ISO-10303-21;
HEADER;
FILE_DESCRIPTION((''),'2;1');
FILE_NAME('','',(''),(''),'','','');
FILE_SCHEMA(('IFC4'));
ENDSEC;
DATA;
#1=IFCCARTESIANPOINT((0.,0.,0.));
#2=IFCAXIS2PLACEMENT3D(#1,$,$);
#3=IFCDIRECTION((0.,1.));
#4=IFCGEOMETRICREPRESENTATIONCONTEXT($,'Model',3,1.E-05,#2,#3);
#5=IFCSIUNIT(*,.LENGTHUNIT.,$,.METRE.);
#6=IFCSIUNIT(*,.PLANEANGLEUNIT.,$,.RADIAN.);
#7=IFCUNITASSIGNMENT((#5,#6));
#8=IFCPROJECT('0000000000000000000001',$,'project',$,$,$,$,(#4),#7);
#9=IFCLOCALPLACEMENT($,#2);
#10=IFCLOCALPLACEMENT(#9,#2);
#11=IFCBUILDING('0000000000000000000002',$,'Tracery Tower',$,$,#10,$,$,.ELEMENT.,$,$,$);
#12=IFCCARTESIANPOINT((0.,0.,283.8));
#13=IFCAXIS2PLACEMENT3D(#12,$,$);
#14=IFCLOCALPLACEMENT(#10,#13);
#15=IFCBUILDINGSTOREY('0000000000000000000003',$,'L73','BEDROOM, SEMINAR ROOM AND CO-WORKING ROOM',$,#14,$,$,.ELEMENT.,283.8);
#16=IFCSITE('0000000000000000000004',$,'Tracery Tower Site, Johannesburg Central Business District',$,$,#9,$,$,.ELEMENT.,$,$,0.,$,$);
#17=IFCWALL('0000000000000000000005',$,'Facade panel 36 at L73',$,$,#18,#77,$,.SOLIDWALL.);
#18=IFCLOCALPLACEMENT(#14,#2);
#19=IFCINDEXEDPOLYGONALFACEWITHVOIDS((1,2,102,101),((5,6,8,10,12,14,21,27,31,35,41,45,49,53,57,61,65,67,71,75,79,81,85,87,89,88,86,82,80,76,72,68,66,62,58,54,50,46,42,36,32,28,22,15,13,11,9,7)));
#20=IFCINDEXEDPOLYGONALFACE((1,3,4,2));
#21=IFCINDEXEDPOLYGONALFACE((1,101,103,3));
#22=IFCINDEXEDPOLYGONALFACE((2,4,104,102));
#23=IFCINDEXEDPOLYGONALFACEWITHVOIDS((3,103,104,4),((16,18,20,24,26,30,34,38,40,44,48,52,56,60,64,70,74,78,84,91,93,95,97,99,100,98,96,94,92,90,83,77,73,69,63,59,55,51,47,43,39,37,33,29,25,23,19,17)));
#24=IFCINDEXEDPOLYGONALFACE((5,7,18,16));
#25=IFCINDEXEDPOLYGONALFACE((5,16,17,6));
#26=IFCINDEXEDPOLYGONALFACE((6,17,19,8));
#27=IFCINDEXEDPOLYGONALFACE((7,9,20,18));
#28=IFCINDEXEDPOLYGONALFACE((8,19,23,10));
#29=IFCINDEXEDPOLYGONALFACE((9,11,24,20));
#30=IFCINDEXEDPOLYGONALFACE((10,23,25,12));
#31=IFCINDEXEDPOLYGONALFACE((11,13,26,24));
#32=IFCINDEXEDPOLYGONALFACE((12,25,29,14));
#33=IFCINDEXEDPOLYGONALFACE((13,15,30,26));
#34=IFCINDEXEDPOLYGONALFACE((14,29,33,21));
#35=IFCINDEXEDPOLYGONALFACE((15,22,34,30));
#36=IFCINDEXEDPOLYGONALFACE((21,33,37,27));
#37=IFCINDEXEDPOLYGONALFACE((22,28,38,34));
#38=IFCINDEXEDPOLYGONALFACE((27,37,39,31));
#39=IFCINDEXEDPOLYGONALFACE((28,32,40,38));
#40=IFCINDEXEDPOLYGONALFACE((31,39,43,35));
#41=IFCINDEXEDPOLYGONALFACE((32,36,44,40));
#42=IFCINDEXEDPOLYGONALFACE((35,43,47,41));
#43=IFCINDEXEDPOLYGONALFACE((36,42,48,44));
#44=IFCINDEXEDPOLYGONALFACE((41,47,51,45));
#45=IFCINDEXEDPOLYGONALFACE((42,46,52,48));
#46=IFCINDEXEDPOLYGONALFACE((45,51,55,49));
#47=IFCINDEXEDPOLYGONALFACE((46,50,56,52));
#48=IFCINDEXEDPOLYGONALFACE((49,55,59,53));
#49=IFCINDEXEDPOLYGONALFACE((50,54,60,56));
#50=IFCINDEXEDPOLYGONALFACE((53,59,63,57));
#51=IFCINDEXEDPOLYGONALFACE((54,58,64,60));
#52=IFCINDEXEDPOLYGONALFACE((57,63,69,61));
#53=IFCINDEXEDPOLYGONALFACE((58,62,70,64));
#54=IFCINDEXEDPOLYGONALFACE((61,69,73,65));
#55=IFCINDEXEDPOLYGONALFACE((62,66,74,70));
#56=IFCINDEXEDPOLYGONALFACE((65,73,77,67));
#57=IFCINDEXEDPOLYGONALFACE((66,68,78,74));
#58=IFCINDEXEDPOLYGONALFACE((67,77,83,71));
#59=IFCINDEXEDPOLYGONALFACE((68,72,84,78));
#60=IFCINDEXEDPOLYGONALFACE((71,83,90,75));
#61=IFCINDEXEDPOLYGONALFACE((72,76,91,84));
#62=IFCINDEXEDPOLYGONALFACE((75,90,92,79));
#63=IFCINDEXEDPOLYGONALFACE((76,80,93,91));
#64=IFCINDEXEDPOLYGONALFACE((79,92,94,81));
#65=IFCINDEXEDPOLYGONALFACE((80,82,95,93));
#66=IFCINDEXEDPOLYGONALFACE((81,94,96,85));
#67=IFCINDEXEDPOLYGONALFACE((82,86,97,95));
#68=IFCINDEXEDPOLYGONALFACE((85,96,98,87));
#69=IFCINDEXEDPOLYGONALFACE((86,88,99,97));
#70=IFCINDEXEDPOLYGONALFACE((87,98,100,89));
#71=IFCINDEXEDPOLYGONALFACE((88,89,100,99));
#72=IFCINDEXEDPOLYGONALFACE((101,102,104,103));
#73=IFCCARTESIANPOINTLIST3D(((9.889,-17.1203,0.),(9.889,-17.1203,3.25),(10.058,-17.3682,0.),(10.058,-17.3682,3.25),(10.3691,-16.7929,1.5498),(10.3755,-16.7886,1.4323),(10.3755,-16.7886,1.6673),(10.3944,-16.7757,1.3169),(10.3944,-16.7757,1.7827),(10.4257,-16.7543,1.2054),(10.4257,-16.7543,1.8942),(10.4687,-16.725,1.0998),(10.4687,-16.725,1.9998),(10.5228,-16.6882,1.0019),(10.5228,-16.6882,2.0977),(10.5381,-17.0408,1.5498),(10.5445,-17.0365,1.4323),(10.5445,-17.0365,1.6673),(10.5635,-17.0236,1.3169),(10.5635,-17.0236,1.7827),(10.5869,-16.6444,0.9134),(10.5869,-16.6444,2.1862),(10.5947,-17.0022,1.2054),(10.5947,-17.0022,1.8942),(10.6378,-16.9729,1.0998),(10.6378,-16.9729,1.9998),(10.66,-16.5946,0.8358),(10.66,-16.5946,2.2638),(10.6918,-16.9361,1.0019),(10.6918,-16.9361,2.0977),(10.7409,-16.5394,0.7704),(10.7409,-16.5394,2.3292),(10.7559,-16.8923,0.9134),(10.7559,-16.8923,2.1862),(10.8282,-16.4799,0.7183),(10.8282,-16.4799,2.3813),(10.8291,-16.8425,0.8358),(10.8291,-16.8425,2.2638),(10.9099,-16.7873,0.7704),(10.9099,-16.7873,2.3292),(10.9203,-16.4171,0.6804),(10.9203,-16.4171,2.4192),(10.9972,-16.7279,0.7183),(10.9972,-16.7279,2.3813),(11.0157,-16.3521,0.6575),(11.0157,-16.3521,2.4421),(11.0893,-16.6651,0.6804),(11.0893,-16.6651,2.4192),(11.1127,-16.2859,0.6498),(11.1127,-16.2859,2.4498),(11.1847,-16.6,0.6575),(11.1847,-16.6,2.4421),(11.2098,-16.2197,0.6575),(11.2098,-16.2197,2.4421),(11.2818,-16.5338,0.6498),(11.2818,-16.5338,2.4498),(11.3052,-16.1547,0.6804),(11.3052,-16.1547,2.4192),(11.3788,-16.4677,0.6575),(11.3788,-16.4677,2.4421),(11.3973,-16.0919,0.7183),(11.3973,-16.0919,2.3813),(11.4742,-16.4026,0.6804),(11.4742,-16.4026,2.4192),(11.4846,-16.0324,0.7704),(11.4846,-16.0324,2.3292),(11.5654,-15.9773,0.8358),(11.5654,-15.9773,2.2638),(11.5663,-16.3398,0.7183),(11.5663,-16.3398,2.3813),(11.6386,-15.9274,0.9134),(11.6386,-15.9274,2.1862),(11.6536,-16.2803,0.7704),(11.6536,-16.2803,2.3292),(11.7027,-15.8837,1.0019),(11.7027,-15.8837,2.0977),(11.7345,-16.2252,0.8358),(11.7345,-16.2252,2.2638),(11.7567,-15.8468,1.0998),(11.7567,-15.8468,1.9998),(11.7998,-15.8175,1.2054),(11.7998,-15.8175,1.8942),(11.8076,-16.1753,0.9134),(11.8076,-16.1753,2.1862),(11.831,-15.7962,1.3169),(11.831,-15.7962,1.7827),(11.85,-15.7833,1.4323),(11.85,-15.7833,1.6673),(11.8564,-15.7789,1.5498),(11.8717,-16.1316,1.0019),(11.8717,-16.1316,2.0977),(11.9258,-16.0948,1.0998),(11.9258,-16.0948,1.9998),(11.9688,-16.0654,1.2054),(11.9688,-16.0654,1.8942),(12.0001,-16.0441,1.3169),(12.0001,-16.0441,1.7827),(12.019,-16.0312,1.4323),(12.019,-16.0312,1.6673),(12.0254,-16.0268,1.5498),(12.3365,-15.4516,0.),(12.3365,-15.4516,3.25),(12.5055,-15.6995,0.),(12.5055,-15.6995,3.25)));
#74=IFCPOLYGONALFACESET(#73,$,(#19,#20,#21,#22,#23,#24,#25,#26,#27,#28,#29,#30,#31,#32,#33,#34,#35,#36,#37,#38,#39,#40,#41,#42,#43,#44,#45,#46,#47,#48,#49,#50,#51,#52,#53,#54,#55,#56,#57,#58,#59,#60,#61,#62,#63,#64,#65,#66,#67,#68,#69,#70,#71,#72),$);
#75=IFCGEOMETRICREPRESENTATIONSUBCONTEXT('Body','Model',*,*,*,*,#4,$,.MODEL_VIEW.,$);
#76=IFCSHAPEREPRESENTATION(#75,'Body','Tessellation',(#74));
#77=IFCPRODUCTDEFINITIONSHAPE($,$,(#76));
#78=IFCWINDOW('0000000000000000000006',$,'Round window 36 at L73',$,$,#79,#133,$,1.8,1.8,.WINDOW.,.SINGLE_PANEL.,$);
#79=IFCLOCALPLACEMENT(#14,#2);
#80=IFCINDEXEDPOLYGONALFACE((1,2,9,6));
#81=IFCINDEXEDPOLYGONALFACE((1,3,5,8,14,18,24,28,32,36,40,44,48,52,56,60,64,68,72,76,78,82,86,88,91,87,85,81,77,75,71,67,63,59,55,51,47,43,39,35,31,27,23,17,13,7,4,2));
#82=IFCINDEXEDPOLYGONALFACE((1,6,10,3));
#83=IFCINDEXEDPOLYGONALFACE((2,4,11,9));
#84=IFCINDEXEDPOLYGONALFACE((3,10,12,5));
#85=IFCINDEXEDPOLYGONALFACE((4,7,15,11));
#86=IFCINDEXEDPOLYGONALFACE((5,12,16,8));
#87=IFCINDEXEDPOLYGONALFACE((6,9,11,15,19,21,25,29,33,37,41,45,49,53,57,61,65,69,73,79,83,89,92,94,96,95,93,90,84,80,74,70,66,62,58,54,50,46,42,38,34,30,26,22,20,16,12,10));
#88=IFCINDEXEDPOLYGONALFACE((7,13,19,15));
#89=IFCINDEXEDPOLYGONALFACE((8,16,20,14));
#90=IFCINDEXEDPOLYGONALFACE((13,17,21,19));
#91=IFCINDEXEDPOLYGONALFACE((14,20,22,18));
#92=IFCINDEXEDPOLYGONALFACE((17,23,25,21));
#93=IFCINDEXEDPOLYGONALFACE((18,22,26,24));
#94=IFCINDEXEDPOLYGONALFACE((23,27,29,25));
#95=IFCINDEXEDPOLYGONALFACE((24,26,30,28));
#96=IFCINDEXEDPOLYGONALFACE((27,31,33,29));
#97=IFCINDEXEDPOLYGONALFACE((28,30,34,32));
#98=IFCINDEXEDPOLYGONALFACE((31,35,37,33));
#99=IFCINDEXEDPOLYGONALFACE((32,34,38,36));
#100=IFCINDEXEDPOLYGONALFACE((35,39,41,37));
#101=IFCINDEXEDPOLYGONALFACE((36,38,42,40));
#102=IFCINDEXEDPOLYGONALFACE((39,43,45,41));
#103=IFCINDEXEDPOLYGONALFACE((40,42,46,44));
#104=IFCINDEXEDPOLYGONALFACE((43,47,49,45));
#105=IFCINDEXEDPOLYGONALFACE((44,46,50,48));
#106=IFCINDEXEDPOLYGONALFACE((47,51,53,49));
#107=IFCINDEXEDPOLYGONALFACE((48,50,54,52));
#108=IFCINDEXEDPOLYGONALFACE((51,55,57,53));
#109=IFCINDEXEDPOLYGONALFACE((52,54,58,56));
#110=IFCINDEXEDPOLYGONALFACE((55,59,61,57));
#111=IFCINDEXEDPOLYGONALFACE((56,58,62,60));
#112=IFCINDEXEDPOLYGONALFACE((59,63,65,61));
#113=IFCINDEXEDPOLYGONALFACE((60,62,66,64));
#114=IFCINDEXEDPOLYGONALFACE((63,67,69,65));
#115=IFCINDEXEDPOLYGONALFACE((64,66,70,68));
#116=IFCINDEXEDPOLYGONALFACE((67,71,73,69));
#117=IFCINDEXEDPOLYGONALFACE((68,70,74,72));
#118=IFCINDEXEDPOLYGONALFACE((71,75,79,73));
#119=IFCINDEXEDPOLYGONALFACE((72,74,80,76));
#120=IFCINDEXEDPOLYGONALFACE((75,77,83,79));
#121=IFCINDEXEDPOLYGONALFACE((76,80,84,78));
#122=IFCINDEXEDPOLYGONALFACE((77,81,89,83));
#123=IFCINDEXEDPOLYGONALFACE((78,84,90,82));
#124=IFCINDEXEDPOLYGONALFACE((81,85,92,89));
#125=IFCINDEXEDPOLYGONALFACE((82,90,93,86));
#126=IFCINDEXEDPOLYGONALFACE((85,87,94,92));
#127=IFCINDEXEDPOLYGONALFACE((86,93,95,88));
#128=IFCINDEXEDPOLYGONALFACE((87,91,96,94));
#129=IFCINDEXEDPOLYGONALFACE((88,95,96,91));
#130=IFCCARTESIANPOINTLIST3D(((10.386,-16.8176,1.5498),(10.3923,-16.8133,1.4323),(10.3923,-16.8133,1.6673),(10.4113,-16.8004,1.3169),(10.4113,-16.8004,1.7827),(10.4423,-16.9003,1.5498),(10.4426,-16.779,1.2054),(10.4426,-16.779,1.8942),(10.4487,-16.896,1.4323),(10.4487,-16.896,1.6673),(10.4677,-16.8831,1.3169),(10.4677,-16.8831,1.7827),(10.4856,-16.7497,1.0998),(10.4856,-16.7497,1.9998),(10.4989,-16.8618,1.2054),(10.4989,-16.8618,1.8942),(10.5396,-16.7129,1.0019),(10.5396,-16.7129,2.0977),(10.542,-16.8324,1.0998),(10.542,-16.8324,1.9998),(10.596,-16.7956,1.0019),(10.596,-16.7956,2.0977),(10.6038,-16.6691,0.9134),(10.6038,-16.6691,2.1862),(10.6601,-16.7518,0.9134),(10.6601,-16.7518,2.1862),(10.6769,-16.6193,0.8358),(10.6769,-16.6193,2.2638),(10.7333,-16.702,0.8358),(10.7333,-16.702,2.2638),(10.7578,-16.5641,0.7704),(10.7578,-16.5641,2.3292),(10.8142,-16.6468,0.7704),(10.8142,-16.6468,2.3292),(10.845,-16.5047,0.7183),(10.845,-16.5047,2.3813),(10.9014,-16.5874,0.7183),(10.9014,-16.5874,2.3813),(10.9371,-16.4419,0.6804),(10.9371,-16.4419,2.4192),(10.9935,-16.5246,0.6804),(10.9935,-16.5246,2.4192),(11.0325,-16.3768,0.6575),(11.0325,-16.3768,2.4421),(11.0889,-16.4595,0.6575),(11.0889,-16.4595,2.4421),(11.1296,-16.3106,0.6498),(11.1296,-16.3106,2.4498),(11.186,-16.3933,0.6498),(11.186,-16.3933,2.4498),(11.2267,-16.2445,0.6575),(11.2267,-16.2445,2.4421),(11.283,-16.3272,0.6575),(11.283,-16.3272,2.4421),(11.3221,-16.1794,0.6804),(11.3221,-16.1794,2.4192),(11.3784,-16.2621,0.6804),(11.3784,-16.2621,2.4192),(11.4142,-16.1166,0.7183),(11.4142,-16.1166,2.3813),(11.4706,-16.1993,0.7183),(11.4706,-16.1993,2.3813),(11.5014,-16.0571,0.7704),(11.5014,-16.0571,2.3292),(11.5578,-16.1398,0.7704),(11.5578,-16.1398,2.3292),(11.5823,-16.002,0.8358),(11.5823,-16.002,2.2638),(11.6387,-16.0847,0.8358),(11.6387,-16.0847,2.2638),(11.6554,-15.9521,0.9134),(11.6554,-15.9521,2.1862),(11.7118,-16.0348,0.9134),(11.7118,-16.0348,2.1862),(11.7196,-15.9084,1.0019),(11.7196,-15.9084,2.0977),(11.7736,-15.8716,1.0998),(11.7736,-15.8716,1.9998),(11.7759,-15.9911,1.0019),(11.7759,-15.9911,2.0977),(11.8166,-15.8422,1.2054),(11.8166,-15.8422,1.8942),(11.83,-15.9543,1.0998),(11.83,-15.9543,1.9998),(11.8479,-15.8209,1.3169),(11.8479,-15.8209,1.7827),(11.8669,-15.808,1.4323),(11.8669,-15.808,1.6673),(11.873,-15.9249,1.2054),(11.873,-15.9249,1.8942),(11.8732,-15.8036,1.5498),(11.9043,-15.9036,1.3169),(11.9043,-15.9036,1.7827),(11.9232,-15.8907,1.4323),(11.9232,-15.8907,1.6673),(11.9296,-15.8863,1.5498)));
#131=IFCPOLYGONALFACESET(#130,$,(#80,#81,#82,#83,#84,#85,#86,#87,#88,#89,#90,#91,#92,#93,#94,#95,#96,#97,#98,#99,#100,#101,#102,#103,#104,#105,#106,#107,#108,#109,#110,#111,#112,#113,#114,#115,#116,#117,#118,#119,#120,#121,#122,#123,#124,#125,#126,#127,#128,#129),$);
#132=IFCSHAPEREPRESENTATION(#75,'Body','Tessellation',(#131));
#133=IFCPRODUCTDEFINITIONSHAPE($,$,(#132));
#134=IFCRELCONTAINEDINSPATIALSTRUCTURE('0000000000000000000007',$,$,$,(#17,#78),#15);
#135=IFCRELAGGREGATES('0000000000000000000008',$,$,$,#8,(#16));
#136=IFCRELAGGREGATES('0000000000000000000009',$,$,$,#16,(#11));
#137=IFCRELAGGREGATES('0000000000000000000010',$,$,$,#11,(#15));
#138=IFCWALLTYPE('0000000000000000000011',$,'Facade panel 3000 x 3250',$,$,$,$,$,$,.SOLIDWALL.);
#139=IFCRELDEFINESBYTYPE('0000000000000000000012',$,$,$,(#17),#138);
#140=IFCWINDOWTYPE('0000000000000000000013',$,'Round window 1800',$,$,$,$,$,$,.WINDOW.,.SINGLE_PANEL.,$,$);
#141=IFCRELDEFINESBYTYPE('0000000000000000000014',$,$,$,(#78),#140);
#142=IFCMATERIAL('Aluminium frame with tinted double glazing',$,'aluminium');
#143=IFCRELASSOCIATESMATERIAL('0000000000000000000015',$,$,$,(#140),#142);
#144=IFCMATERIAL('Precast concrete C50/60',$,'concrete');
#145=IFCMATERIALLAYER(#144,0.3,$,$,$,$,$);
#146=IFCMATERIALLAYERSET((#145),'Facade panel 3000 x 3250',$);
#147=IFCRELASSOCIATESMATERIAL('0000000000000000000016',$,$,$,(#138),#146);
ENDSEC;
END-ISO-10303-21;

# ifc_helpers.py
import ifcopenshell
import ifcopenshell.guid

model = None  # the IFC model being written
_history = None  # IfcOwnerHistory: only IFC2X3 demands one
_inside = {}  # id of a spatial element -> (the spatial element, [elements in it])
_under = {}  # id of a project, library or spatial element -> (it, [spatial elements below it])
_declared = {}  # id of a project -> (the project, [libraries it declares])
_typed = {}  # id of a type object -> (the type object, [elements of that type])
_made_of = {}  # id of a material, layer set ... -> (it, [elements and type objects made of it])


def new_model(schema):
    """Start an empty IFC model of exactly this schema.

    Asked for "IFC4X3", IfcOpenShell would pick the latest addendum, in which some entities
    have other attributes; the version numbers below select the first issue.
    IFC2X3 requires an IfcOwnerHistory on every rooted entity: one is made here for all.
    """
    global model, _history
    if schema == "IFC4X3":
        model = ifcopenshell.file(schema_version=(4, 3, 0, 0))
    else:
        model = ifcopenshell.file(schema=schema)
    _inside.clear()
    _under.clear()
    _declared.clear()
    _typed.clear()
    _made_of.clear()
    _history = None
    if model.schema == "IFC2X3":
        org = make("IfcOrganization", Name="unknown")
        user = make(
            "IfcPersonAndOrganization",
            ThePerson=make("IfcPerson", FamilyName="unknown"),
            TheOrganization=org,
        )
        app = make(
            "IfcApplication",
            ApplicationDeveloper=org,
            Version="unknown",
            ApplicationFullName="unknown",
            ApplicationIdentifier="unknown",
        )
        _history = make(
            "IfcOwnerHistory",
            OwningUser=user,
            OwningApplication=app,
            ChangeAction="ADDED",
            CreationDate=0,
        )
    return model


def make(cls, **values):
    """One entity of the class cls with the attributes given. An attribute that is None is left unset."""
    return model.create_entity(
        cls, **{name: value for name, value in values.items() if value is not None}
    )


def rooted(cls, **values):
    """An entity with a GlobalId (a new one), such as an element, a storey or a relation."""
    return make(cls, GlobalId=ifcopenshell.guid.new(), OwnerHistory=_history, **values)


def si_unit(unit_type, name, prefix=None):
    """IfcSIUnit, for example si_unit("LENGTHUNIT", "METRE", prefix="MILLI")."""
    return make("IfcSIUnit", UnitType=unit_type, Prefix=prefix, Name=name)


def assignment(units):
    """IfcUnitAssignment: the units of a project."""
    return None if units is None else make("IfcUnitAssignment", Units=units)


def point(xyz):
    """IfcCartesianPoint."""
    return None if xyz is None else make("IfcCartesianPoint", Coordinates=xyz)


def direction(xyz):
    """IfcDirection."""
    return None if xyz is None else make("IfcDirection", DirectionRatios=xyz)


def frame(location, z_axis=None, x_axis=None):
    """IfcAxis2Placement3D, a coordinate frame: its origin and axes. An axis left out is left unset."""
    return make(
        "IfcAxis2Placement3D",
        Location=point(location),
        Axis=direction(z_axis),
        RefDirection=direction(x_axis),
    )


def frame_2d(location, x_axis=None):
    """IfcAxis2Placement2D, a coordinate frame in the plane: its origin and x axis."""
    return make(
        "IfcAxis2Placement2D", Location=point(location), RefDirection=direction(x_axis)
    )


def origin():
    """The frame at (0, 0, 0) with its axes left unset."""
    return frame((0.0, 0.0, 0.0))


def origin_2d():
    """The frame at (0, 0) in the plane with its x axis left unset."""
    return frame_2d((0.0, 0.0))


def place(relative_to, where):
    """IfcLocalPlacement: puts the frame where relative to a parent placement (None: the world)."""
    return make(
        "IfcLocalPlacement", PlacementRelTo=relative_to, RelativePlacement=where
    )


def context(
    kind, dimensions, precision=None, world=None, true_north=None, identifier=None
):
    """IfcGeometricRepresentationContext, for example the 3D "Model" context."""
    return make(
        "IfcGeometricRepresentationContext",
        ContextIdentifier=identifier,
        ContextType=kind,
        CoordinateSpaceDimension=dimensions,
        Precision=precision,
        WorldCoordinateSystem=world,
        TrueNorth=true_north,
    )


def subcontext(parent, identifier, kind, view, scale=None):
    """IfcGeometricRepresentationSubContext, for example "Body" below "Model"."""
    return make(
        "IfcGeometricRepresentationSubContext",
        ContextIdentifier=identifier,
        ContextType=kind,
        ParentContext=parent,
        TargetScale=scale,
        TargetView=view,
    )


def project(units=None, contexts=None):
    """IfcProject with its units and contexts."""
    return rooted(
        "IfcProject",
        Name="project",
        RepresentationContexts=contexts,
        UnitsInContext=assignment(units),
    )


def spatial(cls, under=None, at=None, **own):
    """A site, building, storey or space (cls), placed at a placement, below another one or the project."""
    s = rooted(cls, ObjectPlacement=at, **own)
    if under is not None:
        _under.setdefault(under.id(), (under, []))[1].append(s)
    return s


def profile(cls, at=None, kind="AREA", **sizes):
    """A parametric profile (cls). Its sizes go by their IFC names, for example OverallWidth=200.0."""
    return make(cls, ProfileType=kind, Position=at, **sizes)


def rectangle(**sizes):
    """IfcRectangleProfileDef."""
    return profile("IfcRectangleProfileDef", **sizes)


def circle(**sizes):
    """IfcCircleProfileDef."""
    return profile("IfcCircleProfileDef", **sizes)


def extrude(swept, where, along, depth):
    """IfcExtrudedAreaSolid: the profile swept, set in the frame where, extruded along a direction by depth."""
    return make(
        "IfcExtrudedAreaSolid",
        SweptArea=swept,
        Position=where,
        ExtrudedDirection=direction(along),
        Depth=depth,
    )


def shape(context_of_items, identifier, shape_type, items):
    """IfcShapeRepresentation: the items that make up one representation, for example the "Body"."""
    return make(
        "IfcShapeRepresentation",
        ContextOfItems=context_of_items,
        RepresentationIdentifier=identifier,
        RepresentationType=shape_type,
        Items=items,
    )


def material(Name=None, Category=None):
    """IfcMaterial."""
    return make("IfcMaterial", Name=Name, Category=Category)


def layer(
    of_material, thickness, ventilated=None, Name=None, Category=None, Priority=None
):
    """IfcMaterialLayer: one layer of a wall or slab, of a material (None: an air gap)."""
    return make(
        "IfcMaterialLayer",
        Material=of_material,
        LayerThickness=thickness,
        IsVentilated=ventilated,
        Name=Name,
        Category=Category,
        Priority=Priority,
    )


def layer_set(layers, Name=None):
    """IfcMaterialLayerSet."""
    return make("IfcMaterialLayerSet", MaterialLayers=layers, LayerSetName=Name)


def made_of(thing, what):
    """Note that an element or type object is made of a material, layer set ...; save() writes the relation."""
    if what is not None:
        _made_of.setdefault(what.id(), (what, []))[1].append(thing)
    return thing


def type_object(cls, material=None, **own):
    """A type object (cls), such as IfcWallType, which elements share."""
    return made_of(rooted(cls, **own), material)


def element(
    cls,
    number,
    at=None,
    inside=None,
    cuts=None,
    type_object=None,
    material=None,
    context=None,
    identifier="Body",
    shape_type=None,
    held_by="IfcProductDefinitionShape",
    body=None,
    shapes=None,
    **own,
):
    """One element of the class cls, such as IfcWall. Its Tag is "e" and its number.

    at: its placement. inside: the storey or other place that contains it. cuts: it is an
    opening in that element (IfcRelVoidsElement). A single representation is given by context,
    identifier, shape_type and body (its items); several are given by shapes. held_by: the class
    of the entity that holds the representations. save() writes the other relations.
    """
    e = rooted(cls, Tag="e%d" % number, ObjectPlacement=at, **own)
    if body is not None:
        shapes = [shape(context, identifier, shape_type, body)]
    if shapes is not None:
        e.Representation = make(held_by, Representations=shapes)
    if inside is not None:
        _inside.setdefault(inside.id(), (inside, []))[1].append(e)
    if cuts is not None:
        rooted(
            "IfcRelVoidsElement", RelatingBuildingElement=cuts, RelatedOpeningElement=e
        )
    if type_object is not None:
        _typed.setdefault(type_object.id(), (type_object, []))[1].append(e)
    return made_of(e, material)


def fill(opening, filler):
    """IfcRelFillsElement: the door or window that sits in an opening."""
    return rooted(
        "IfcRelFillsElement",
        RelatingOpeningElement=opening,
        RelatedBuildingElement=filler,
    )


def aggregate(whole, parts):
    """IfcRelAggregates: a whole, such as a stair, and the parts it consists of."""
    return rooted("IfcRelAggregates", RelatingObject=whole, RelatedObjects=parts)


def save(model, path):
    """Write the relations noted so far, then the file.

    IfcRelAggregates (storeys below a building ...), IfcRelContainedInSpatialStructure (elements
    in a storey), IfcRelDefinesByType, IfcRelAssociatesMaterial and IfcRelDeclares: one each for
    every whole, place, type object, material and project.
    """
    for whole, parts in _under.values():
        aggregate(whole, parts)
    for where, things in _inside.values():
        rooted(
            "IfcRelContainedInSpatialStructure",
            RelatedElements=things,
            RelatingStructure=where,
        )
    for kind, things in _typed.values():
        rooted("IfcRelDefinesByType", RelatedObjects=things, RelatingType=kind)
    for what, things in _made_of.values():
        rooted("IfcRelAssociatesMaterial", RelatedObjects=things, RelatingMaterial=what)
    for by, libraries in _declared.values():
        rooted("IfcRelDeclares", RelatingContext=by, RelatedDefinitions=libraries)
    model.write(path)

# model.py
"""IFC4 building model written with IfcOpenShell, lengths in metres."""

from ifc_helpers import new_model, si_unit, direction, frame, frame_2d, origin, origin_2d, place, context, subcontext, project, spatial, rectangle, circle, extrude, material, layer, layer_set, type_object, element, fill, save


model = new_model("IFC4")

# Units and contexts
model_context = context("Model", 3, precision=1e-05, world=origin(), true_north=direction((0.0, 1.0)))
body_context = subcontext(model_context, "Body", "Model", "MODEL_VIEW")
ifc_project = project(units=[si_unit("LENGTHUNIT", "METRE"), si_unit("PLANEANGLEUNIT", "RADIAN")], contexts=[model_context])

# Site, building, storey
site_placement = place(None, origin())
site = spatial("IfcSite", under=ifc_project, at=site_placement, Name="Tracery Tower Site, Johannesburg Central Business District", CompositionType="ELEMENT", RefElevation=0.0)
building_placement = place(site_placement, origin())
building = spatial("IfcBuilding", under=site, at=building_placement, Name="Tracery Tower", CompositionType="ELEMENT")
storey_placement = place(building_placement, frame((0.0, 0.0, 283.8)))
storey = spatial("IfcBuildingStorey", under=building, at=storey_placement, Name="L73", Description="BEDROOM, SEMINAR ROOM AND CO-WORKING ROOM", CompositionType="ELEMENT", Elevation=283.8)

# Wall, opening, window
ifc_material_1 = material(Name="Aluminium frame with tinted double glazing", Category="aluminium")
window_type = type_object("IfcWindowType", Name="Round window 1800", PartitioningType="SINGLE_PANEL", PredefinedType="WINDOW", material=ifc_material_1)
ifc_material_2 = material(Name="Precast concrete C50/60", Category="concrete")
ifc_layer_1 = layer(ifc_material_2, 0.3)
ifc_layer_set_1 = layer_set([ifc_layer_1], Name="Facade panel 3000 x 3250")
wall_type_1 = type_object("IfcWallType", Name="Facade panel 3000 x 3250", PredefinedType="SOLIDWALL", material=ifc_layer_set_1)
wall_1_placement = place(storey_placement, frame((9.9736, -17.2441, 0.0), z_axis=(0.0, 0.0, 1.0), x_axis=(0.826236, 0.563324, 0.0)))
wall_1 = element("IfcWall", 1, at=wall_1_placement, inside=storey, type_object=wall_type_1, Name="Facade panel 36 at L73", PredefinedType="SOLIDWALL", context=body_context, shape_type="SweptSolid", body=[
    extrude(rectangle(XDim=2.9622, YDim=0.3, at=frame_2d((1.481, 0.0))), origin(), (0.0, 0.0, 1.0), 3.25),
])
opening_1_placement = place(wall_1_placement, frame((1.481, 0.0, 1.5498)))
opening_1 = element("IfcOpeningElement", 2, at=opening_1_placement, cuts=wall_1, PredefinedType="OPENING", context=body_context, shape_type="SweptSolid", body=[
    extrude(circle(Radius=0.9, at=origin_2d()), frame((0.0, 0.1599, 0.0), z_axis=(0.0, -1.0, 0.0), x_axis=(1.0, 0.0, 0.0)), (0.0, 0.0, 1.0), 0.3201),
])
window_1_placement = place(opening_1_placement, origin())
window_1 = element("IfcWindow", 3, at=window_1_placement, inside=storey, type_object=window_type, Name="Round window 36 at L73", OverallHeight=1.8, OverallWidth=1.8, PartitioningType="SINGLE_PANEL", PredefinedType="WINDOW", context=body_context, shape_type="SweptSolid", body=[
    extrude(circle(Radius=0.9, at=origin_2d()), frame((0.0, 0.1201, 0.0), z_axis=(0.0, -1.0, 0.0), x_axis=(1.0, 0.0, 0.0)), (0.0, 0.0, 1.0), 0.1001),
])
fill(opening_1, window_1)

save(model, "model.ifc")
